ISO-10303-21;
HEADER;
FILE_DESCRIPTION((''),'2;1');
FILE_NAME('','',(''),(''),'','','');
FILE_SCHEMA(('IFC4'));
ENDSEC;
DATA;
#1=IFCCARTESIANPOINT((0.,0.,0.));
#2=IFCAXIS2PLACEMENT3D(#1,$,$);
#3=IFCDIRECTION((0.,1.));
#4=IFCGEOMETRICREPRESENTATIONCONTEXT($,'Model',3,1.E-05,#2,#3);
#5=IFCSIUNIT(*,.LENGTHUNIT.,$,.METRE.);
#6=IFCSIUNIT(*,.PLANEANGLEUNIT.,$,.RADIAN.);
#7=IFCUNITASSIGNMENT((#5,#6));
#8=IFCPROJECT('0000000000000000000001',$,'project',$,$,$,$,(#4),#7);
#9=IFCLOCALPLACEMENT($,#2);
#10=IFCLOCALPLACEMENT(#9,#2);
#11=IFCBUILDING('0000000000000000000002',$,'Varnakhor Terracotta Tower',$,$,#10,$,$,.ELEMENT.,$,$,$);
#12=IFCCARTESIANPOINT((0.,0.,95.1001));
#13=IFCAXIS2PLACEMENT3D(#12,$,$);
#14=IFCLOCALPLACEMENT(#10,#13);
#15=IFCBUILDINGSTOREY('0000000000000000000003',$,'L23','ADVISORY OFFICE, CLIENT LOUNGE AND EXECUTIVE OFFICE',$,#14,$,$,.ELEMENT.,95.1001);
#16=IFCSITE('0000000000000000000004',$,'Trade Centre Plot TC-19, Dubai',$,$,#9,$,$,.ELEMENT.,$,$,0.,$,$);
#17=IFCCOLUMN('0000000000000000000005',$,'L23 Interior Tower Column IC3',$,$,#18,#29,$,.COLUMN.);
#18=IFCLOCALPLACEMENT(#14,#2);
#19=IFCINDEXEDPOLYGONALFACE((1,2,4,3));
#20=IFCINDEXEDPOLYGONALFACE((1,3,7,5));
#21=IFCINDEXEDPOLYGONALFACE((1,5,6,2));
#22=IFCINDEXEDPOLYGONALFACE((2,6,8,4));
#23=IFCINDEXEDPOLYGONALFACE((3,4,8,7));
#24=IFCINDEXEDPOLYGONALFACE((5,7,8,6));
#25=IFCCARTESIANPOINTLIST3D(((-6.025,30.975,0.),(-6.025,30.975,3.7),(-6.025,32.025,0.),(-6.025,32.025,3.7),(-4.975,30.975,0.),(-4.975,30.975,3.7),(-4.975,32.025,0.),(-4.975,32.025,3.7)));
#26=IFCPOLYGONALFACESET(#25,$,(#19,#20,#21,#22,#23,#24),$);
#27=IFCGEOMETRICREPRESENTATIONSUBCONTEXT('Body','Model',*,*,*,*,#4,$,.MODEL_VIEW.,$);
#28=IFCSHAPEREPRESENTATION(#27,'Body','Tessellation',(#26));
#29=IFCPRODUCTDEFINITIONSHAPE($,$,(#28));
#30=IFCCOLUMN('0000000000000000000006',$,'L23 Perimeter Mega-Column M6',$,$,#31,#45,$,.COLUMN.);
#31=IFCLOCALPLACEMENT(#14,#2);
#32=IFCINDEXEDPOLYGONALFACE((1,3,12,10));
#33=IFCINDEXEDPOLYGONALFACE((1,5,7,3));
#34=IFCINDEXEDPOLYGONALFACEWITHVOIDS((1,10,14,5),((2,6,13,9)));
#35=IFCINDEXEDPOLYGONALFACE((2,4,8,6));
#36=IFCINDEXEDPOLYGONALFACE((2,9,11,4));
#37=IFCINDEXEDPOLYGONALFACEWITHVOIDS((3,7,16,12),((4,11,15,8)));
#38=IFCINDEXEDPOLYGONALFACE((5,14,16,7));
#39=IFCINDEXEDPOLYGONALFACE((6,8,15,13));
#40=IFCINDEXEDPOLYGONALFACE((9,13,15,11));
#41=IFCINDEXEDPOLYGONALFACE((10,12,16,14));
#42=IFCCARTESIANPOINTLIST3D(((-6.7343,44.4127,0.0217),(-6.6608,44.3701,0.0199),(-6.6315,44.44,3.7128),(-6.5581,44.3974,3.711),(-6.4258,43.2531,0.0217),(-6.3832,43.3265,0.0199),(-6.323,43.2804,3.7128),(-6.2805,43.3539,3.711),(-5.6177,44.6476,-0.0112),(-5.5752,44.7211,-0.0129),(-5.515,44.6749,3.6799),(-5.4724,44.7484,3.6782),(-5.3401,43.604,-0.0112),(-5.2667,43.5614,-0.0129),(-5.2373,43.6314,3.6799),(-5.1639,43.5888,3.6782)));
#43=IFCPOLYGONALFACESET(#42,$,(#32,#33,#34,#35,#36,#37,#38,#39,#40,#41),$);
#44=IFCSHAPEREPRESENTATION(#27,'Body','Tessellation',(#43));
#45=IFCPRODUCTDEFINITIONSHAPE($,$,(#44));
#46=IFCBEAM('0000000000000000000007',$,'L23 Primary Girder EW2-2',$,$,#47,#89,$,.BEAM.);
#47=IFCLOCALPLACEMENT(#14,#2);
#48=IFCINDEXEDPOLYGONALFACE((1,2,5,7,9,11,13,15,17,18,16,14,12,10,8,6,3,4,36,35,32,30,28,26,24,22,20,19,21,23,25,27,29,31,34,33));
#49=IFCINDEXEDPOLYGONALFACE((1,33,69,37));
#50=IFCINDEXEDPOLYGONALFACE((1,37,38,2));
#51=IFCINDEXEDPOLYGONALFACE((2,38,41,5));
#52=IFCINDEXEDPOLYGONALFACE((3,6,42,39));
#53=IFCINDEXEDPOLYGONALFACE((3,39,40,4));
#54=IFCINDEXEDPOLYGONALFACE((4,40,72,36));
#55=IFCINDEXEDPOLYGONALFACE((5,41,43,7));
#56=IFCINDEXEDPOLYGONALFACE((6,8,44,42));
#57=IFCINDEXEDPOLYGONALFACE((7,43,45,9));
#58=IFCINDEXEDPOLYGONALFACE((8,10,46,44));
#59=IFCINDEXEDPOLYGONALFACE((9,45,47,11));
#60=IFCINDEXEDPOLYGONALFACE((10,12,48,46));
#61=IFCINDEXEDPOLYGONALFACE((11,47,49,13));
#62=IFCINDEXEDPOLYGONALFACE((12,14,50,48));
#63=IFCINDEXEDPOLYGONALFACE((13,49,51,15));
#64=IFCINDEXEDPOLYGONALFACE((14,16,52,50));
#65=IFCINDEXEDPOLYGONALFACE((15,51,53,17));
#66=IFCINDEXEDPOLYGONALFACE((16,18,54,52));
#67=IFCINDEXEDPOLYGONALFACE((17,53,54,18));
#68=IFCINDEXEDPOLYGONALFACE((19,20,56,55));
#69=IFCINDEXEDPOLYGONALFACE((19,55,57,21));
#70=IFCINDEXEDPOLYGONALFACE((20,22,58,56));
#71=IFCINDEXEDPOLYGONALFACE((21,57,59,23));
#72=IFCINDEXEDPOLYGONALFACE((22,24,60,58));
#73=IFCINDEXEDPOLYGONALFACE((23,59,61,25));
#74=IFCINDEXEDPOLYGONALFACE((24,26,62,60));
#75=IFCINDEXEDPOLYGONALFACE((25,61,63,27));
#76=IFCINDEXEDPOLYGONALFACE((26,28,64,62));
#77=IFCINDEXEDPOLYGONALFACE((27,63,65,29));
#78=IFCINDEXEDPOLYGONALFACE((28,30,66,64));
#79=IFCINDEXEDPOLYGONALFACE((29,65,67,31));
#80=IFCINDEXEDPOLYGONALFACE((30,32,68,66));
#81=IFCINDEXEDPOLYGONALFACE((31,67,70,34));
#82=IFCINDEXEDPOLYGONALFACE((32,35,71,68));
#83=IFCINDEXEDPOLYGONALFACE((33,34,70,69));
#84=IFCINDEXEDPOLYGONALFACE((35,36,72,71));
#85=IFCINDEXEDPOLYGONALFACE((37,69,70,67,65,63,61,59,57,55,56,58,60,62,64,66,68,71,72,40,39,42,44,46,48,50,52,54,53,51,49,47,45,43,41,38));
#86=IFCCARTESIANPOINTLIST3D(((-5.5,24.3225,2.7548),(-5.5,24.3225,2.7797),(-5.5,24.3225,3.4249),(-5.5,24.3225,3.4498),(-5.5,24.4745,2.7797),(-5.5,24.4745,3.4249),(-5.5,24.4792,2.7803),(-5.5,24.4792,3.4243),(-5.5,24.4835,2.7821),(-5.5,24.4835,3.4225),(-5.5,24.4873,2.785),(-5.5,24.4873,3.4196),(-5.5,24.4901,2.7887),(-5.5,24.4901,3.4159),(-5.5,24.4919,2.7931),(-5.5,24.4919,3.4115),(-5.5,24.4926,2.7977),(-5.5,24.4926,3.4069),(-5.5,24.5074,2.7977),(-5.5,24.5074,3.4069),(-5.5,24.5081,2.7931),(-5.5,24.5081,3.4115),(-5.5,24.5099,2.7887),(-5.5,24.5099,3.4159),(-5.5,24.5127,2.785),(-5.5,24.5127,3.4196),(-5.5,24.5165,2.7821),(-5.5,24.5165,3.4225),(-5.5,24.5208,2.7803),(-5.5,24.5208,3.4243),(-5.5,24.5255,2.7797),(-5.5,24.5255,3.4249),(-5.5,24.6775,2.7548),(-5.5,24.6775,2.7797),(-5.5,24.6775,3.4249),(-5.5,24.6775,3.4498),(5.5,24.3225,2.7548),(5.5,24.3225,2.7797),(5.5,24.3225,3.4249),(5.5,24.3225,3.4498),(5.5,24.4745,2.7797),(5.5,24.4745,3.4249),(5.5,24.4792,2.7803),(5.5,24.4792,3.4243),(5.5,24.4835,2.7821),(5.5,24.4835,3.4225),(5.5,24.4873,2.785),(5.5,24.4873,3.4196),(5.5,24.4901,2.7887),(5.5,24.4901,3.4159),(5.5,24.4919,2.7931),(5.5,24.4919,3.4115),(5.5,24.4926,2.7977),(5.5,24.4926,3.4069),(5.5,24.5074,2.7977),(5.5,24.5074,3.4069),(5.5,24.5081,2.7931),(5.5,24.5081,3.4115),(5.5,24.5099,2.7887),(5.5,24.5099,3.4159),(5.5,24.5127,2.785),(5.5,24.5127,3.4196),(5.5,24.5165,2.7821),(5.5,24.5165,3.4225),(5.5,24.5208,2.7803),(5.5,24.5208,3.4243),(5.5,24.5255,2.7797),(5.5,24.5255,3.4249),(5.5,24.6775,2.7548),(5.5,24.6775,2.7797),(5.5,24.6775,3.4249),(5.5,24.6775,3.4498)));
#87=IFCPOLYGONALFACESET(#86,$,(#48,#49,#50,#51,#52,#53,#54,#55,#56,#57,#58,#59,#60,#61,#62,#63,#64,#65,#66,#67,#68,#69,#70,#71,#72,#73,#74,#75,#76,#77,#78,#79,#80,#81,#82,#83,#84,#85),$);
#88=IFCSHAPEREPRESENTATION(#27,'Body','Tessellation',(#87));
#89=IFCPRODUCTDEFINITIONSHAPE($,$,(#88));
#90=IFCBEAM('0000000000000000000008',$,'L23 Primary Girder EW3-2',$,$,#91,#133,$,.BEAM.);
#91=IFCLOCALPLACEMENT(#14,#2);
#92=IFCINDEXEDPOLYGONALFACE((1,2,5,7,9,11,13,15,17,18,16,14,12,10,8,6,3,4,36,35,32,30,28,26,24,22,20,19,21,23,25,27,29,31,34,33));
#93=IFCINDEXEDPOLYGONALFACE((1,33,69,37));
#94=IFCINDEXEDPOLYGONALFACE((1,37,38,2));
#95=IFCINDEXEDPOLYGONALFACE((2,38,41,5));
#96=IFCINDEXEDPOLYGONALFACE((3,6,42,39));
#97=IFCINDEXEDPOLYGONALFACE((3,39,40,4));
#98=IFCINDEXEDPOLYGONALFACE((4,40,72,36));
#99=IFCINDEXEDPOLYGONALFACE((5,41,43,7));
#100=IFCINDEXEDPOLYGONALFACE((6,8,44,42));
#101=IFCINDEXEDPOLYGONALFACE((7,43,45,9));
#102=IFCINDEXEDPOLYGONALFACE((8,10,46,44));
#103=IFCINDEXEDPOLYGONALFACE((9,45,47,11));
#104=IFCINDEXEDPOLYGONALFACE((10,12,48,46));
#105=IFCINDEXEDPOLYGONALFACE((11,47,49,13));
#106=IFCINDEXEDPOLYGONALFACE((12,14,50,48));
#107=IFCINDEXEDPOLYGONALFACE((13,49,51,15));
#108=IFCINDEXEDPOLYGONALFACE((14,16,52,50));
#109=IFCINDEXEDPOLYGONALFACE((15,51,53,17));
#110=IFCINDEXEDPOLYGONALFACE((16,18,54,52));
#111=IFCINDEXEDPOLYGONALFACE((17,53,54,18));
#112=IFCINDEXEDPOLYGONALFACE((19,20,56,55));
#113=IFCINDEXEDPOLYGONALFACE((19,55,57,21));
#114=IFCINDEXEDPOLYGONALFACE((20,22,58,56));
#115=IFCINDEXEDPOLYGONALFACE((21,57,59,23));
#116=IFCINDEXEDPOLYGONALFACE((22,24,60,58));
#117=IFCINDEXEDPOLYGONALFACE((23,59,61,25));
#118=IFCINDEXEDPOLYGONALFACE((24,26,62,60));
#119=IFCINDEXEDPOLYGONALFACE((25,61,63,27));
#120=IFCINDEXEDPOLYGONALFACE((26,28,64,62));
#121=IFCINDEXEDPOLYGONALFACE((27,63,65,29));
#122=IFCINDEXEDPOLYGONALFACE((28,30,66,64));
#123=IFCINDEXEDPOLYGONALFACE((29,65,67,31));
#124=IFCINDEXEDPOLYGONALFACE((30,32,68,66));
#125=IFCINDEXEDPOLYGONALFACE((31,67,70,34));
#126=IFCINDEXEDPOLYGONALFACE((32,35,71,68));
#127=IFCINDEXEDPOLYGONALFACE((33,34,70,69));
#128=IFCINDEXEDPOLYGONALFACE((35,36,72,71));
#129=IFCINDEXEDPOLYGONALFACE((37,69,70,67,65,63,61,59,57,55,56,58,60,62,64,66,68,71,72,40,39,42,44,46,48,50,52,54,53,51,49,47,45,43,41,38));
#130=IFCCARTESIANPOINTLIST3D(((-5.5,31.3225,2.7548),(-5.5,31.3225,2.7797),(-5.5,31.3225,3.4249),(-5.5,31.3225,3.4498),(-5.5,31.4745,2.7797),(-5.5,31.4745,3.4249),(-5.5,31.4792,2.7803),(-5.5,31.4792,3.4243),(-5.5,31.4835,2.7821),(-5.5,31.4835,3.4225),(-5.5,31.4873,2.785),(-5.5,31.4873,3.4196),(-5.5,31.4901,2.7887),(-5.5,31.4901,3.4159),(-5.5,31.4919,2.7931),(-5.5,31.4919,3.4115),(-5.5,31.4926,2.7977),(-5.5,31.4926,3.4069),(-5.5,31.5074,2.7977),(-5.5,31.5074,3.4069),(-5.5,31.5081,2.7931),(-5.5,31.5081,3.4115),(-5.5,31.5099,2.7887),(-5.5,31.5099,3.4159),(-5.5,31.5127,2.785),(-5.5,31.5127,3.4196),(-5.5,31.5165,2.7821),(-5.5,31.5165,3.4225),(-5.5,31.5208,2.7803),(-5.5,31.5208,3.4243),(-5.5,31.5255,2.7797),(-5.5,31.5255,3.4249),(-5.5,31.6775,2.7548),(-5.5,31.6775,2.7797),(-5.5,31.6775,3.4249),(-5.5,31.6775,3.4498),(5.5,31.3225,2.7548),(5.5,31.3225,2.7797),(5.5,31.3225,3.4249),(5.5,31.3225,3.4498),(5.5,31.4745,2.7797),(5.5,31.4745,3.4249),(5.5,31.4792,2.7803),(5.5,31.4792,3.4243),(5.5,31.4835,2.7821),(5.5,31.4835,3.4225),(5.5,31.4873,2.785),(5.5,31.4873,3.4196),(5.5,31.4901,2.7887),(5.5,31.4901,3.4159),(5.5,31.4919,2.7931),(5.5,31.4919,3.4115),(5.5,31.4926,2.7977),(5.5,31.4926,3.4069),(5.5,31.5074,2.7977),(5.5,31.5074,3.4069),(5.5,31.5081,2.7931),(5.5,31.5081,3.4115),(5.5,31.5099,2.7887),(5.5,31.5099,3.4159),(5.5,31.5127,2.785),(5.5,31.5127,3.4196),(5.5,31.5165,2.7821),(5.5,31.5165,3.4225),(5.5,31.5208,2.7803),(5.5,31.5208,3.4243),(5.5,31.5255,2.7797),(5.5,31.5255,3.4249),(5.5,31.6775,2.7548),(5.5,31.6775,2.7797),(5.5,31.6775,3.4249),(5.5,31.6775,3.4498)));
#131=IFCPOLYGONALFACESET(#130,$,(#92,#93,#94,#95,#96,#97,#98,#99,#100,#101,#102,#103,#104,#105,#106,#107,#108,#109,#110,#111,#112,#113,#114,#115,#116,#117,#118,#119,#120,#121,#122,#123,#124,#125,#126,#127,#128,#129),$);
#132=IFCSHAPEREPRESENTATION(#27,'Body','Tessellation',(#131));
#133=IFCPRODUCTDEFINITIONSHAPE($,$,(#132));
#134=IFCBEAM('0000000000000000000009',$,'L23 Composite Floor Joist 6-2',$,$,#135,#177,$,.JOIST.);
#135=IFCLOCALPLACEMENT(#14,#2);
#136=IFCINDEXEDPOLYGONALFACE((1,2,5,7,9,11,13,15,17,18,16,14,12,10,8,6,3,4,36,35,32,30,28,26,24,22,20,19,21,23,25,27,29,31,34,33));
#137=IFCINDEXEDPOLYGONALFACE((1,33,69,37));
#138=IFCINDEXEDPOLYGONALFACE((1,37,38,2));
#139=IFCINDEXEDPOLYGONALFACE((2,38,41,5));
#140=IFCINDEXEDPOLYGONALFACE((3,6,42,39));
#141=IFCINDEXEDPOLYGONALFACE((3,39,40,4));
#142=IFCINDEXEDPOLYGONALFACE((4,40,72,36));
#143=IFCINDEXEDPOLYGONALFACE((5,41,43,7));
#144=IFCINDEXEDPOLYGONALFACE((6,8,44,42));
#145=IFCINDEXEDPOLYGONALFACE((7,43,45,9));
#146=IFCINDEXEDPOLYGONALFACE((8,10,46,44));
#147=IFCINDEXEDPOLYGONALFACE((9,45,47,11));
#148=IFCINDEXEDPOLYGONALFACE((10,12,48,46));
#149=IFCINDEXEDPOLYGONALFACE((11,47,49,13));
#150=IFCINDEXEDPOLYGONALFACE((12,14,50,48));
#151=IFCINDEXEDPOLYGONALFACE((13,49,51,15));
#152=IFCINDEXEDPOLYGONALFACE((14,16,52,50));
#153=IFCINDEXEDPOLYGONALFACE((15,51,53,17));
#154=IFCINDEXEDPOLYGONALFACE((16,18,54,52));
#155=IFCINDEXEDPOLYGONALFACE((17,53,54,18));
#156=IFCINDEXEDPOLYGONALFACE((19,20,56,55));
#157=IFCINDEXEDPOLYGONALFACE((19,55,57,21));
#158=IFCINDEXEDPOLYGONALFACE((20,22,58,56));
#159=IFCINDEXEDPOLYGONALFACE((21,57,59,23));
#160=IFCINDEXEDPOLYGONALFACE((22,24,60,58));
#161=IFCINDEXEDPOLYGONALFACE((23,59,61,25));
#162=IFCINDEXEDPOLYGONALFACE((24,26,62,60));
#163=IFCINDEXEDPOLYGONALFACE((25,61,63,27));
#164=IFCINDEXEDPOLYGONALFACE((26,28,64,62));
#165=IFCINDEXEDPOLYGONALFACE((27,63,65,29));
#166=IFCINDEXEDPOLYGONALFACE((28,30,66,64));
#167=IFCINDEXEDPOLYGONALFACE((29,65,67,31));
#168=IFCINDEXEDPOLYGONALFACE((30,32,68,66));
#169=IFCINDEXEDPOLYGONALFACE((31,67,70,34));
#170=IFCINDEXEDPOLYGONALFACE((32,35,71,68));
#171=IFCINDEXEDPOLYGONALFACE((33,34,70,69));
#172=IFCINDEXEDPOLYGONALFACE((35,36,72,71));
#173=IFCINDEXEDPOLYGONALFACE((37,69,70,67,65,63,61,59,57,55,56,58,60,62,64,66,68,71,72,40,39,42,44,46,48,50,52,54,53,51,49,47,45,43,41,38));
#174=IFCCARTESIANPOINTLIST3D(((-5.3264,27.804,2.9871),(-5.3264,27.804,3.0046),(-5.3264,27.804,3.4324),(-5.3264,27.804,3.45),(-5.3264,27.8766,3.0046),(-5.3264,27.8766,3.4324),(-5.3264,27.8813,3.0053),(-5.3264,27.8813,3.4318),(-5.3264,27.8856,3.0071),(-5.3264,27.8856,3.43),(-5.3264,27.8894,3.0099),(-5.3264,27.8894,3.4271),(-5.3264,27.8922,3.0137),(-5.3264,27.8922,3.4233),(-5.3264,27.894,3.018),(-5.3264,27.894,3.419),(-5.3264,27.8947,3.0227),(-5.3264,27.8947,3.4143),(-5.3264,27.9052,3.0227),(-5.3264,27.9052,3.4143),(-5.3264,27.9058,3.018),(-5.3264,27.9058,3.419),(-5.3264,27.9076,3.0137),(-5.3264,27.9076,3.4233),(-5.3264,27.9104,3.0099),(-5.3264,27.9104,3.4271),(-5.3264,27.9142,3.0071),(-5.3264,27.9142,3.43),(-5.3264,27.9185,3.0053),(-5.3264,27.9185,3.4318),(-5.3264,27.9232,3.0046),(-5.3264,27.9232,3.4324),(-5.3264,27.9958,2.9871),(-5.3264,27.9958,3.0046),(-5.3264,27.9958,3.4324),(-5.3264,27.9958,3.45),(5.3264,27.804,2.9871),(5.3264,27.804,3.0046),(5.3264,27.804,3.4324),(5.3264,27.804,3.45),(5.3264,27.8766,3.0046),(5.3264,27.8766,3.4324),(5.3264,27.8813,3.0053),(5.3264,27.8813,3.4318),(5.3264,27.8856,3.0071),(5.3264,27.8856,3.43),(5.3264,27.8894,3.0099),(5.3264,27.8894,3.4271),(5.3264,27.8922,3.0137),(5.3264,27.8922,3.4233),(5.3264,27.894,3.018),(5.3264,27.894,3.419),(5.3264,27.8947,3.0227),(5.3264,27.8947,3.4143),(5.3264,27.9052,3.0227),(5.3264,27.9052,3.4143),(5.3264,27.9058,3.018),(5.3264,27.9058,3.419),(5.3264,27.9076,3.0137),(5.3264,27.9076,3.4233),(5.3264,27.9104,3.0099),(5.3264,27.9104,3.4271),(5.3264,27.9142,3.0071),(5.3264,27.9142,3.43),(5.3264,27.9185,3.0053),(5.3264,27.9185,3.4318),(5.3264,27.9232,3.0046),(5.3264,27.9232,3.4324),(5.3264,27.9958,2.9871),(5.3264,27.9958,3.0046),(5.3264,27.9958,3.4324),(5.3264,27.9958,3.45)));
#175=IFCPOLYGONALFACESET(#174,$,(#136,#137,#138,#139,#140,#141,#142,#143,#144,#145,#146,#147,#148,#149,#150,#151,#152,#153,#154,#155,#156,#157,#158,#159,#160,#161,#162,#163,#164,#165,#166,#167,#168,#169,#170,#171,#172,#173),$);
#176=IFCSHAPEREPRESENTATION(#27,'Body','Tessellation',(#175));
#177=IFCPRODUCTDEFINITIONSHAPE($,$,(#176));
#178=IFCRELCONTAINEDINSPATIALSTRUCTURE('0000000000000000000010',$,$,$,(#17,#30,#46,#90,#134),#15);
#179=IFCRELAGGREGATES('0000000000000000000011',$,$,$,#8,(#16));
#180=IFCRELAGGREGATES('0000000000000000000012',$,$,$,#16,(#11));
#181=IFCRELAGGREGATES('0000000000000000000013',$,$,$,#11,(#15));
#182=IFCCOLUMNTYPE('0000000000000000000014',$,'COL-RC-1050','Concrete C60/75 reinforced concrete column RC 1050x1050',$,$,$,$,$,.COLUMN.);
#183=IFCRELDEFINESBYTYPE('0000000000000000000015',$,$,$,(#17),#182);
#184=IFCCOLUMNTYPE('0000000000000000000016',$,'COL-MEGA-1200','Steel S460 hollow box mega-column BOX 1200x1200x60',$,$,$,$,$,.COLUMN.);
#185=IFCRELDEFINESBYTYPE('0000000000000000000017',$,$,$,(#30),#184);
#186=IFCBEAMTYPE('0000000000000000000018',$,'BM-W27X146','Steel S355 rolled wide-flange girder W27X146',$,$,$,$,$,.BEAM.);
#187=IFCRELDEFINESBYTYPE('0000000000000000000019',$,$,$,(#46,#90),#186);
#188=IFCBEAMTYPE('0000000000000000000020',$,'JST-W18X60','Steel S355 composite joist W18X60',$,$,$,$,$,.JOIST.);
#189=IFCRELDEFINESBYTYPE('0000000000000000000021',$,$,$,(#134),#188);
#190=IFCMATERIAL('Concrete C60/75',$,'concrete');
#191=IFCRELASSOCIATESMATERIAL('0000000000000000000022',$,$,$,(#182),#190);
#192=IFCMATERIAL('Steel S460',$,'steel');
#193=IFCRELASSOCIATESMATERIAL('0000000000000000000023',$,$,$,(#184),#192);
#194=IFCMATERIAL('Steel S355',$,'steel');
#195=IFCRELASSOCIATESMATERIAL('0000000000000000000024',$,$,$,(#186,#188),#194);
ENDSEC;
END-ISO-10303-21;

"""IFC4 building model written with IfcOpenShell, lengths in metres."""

from ifc_helpers import new_model, si_unit, direction, frame, origin, origin_2d, place, context, subcontext, project, spatial, rectangle, hollow_rectangle, i_section, extrude, source, transform, mapped, material, material_profile, profile_set, type_object, element, save


model = new_model("IFC4")

# Units and contexts
model_context = context("Model", 3, precision=1e-05, world=origin(), true_north=direction((0.0, 1.0)))
body_context = subcontext(model_context, "Body", "Model", "MODEL_VIEW")
ifc_project = project(units=[si_unit("LENGTHUNIT", "METRE"), si_unit("PLANEANGLEUNIT", "RADIAN")], contexts=[model_context])

# Site, building, storey
site_placement = place(None, origin())
site = spatial("IfcSite", under=ifc_project, at=site_placement, Name="Trade Centre Plot TC-19, Dubai", CompositionType="ELEMENT", RefElevation=0.0)
building_placement = place(site_placement, origin())
building = spatial("IfcBuilding", under=site, at=building_placement, Name="Varnakhor Terracotta Tower", CompositionType="ELEMENT")
storey_placement = place(building_placement, frame((0.0, 0.0, 95.1001)))
storey = spatial("IfcBuildingStorey", under=building, at=storey_placement, Name="L23", Description="ADVISORY OFFICE, CLIENT LOUNGE AND EXECUTIVE OFFICE", CompositionType="ELEMENT", Elevation=95.1001)

# Columns
ifc_material_1 = material(Name="Concrete C60/75", Category="concrete")
ifc_material_profile_1 = material_profile(ifc_material_1, rectangle(XDim=1.05, YDim=1.05, at=origin_2d()), Name="RC 1050x1050")
ifc_profile_set_1 = profile_set([ifc_material_profile_1], Name="Concrete C60/75")
column_type_1 = type_object("IfcColumnType", Name="COL-RC-1050", Description="Concrete C60/75 reinforced concrete column RC 1050x1050", PredefinedType="COLUMN", material=ifc_profile_set_1)
shared_shape_1 = source(origin(), body_context, "Body", "SweptSolid", [
    extrude(rectangle(XDim=1.05, YDim=1.05, at=origin_2d()), origin(), (0.0, 0.0, 1.0), 3.7),
])
column_1_placement = place(storey_placement, frame((-5.5, 31.5, 0.0), z_axis=(0.0, 0.0, 1.0), x_axis=(1.0, 0.0, 0.0)))
element("IfcColumn", 1, at=column_1_placement, inside=storey, type_object=column_type_1, Name="L23 Interior Tower Column IC3", PredefinedType="COLUMN", context=body_context, shape_type="MappedRepresentation", body=[
    mapped(shared_shape_1, transform((0.0, 0.0, 0.0), scale=1.0)),
])
ifc_material_2 = material(Name="Steel S460", Category="steel")
ifc_material_profile_2 = material_profile(ifc_material_2, hollow_rectangle(XDim=1.2, YDim=1.2, WallThickness=0.0601, at=origin_2d()), Name="BOX 1200x1200x60")
ifc_profile_set_2 = profile_set([ifc_material_profile_2], Name="Steel S460")
column_type_2 = type_object("IfcColumnType", Name="COL-MEGA-1200", Description="Steel S460 hollow box mega-column BOX 1200x1200x60", PredefinedType="COLUMN", material=ifc_profile_set_2)
shared_shape_2 = source(origin(), body_context, "Body", "SweptSolid", [
    extrude(hollow_rectangle(XDim=1.2, YDim=1.2, WallThickness=0.0601, at=origin_2d()), origin(), (0.0, 0.0, 1.0), 3.6926),
])
column_2_placement = place(storey_placement, frame((-6.0005, 43.9871, 0.0044), z_axis=(0.027834, 0.007405, 0.999585), x_axis=(-0.257091, 0.966387, 0.0)))
element("IfcColumn", 2, at=column_2_placement, inside=storey, type_object=column_type_2, Name="L23 Perimeter Mega-Column M6", PredefinedType="COLUMN", context=body_context, shape_type="MappedRepresentation", body=[
    mapped(shared_shape_2, transform((0.0, 0.0, 0.0), scale=1.0)),
])

# Beams
ifc_material_3 = material(Name="Steel S355", Category="steel")
ifc_material_profile_3 = material_profile(ifc_material_3, i_section(OverallWidth=0.355, OverallDepth=0.6951, WebThickness=0.0149, FlangeThickness=0.0249, FilletRadius=0.0181, at=origin_2d()), Name="W27X146")
ifc_profile_set_3 = profile_set([ifc_material_profile_3], Name="Steel S355")
beam_type_1 = type_object("IfcBeamType", Name="BM-W27X146", Description="Steel S355 rolled wide-flange girder W27X146", PredefinedType="BEAM", material=ifc_profile_set_3)
shared_shape_3 = source(origin(), body_context, "Body", "SweptSolid", [
    extrude(i_section(OverallWidth=0.355, OverallDepth=0.6951, WebThickness=0.0149, FlangeThickness=0.0249, FilletRadius=0.0181, at=origin_2d()), origin(), (0.0, 0.0, 1.0), 11.0),
])
for number, where, z_axis, x_axis, name in (
    (3, (-5.5, 24.5, 3.1023), (1.0, 0.0, 0.0), (0.0, 1.0, 0.0), "L23 Primary Girder EW2-2"),
    (4, (-5.5, 31.5, 3.1023), (1.0, 0.0, 0.0), (0.0, 1.0, 0.0), "L23 Primary Girder EW3-2"),
):
    element("IfcBeam", number, at=place(storey_placement, frame(where, z_axis=z_axis, x_axis=x_axis)), inside=storey, type_object=beam_type_1, Name=name, PredefinedType="BEAM", context=body_context, shape_type="MappedRepresentation", body=[
        mapped(shared_shape_3, transform((0.0, 0.0, 0.0), scale=1.0)),
    ])
ifc_material_profile_4 = material_profile(ifc_material_3, i_section(OverallWidth=0.1919, OverallDepth=0.4629, WebThickness=0.0105, FlangeThickness=0.0176, FilletRadius=0.0181, at=origin_2d()), Name="W18X60")
ifc_profile_set_4 = profile_set([ifc_material_profile_4], Name="Steel S355")
beam_type_2 = type_object("IfcBeamType", Name="JST-W18X60", Description="Steel S355 composite joist W18X60", PredefinedType="JOIST", material=ifc_profile_set_4)
shared_shape_4 = source(origin(), body_context, "Body", "SweptSolid", [
    extrude(i_section(OverallWidth=0.1919, OverallDepth=0.4629, WebThickness=0.0105, FlangeThickness=0.0176, FilletRadius=0.0181, at=origin_2d()), origin(), (0.0, 0.0, 1.0), 10.6528),
])
for number, where, z_axis, x_axis, name in (
    (5, (-5.3264, 27.8999, 3.2185), (1.0, 0.0, 0.0), (0.0, 1.0, 0.0), "L23 Composite Floor Joist 6-2"),
):
    element("IfcBeam", number, at=place(storey_placement, frame(where, z_axis=z_axis, x_axis=x_axis)), inside=storey, type_object=beam_type_2, Name=name, PredefinedType="JOIST", context=body_context, shape_type="MappedRepresentation", body=[
        mapped(shared_shape_4, transform((0.0, 0.0, 0.0), scale=1.0)),
    ])

save(model, "model.ifc")
